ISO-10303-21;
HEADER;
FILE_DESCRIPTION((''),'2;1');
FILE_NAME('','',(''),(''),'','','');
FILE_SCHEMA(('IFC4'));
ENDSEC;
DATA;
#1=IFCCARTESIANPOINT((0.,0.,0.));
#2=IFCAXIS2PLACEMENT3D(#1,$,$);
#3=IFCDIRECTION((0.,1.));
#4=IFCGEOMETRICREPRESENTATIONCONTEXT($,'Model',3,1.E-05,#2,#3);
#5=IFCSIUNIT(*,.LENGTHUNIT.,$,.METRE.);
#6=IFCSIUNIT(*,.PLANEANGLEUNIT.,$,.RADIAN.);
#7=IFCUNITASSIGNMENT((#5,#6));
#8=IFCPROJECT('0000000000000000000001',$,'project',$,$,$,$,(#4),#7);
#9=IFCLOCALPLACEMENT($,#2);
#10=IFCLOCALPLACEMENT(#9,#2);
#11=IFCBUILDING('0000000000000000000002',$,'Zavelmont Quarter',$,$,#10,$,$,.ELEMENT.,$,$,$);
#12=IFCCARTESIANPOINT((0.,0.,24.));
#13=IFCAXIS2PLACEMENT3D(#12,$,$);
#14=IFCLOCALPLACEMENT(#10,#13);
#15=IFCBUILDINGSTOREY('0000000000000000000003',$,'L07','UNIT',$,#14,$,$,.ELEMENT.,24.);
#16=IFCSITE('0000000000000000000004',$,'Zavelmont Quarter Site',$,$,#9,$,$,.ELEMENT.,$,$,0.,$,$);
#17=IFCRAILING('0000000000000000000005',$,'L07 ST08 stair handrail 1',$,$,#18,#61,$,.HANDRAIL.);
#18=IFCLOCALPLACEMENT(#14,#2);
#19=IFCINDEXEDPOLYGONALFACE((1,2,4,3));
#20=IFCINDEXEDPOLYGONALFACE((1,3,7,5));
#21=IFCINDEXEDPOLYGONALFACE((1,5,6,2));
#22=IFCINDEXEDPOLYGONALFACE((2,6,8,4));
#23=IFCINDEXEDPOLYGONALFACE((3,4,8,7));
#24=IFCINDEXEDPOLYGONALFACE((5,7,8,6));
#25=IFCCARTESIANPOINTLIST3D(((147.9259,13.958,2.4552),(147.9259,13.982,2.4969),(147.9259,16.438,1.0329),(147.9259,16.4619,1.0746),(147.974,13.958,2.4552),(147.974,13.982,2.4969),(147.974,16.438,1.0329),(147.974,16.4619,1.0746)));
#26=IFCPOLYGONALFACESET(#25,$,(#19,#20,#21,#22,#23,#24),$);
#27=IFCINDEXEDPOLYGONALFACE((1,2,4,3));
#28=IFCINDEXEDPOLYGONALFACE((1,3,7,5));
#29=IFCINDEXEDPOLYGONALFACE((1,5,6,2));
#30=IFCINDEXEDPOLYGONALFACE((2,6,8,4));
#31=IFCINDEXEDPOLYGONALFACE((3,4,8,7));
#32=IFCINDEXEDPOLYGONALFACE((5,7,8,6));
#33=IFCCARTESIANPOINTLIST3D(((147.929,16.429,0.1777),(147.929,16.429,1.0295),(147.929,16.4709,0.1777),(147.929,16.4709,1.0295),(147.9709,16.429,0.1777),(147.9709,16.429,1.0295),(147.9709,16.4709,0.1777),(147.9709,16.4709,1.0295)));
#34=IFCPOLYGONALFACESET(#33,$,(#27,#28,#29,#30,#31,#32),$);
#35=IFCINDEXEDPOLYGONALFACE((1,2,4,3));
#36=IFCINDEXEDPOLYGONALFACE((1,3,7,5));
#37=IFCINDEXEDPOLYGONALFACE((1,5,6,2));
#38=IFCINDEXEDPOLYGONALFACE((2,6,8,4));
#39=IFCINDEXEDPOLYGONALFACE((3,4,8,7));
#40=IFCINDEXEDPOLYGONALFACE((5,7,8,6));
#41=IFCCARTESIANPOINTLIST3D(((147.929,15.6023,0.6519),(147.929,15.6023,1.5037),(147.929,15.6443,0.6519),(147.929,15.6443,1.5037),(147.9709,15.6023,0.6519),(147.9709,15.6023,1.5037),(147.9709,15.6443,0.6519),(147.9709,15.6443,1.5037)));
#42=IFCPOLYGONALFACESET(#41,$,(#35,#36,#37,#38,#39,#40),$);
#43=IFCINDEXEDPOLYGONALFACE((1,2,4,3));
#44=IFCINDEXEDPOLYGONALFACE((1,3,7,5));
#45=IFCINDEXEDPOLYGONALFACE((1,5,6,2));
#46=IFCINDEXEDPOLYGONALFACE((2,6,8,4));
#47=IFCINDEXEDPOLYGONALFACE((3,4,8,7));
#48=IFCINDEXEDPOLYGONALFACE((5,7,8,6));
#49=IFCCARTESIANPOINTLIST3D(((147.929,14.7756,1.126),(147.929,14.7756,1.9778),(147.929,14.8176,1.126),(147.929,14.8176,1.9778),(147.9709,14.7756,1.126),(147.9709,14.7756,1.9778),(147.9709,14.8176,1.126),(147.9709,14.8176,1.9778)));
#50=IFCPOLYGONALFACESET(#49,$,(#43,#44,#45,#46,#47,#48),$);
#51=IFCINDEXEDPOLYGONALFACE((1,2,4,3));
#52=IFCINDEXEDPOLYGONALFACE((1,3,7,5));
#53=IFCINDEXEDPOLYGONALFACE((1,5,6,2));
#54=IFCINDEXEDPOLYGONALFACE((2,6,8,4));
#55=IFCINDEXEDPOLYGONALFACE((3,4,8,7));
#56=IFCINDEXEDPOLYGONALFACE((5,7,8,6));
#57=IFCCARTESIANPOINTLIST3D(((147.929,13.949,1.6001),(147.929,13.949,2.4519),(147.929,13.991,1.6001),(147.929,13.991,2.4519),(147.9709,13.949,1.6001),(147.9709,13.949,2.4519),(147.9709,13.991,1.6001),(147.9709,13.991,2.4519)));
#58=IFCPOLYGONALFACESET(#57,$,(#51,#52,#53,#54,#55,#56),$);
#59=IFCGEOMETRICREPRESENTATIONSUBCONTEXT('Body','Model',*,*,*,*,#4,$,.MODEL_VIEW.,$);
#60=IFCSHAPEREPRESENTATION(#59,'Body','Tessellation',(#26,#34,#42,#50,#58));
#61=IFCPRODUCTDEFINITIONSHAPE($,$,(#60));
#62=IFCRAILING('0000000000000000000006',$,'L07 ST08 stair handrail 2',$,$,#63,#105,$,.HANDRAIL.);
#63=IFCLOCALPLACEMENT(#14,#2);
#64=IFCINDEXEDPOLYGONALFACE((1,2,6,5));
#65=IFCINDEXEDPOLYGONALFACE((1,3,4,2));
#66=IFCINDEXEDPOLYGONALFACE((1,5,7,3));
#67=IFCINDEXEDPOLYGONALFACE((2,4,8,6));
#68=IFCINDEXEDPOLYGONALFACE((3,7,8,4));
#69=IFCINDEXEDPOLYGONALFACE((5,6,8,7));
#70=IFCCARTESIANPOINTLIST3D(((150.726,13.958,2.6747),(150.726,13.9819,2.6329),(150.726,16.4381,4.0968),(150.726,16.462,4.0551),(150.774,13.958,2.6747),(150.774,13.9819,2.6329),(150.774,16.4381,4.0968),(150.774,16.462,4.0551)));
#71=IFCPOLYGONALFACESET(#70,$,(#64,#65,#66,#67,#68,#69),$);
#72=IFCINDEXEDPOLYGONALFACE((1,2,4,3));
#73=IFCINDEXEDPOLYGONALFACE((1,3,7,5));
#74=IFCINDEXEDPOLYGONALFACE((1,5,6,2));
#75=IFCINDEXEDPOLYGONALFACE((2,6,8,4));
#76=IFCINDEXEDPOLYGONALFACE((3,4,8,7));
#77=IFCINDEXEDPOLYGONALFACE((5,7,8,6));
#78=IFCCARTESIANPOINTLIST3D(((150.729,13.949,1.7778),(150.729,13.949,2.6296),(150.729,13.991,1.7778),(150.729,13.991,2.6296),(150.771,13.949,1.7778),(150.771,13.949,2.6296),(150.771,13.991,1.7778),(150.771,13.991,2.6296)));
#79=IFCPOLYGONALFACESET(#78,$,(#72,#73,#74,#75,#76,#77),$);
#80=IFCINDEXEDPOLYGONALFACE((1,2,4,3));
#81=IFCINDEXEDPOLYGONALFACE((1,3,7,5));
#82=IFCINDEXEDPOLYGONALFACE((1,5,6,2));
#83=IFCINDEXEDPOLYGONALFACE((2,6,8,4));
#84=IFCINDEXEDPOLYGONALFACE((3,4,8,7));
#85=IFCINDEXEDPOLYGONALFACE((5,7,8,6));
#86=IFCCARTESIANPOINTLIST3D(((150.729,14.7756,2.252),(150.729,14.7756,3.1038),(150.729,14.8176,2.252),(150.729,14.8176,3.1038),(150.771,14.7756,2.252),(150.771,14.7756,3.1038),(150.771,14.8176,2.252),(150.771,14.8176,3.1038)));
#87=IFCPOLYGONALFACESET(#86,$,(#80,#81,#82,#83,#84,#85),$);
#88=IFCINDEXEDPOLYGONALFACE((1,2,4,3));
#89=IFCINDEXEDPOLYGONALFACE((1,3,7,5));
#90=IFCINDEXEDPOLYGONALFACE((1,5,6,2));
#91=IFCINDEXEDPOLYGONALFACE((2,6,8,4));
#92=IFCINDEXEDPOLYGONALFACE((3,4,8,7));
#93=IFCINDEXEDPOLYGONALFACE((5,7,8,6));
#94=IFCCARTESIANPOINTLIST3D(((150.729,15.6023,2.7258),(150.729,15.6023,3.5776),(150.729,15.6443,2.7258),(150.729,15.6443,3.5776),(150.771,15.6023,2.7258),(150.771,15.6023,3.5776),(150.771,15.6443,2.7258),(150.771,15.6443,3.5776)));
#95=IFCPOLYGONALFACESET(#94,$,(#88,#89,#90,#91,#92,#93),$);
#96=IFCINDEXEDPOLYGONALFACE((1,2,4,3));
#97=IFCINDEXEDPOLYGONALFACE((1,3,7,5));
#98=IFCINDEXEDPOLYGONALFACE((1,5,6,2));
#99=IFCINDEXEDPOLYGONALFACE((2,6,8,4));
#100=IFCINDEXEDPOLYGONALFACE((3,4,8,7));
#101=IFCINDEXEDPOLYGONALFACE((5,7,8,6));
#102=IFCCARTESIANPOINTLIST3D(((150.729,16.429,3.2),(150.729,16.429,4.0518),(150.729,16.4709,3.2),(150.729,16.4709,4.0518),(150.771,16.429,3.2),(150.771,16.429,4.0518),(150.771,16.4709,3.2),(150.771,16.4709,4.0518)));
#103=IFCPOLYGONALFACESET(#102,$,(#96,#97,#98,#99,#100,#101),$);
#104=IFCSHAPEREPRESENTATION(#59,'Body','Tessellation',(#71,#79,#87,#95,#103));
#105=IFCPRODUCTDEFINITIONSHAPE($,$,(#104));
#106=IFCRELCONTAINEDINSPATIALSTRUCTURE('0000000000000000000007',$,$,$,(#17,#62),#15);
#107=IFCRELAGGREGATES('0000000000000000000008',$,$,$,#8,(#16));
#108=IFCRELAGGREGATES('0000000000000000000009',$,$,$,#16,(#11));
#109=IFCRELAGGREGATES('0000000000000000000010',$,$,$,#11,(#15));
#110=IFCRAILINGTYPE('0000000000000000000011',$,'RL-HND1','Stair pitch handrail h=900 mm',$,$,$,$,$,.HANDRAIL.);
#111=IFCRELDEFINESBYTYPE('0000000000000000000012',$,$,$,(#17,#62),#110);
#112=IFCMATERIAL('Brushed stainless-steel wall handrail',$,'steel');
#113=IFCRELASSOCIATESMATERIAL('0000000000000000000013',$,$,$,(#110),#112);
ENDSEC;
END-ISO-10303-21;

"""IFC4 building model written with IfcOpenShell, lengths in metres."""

from ifc_helpers import new_model, si_unit, direction, frame, origin, origin_2d, place, context, subcontext, project, spatial, rectangle, extrude, material, type_object, element, save


model = new_model("IFC4")

# Units and contexts
model_context = context("Model", 3, precision=1e-05, world=origin(), true_north=direction((0.0, 1.0)))
body_context = subcontext(model_context, "Body", "Model", "MODEL_VIEW")
ifc_project = project(units=[si_unit("LENGTHUNIT", "METRE"), si_unit("PLANEANGLEUNIT", "RADIAN")], contexts=[model_context])

# Site, building, storey
site_placement = place(None, origin())
site = spatial("IfcSite", under=ifc_project, at=site_placement, Name="Zavelmont Quarter Site", CompositionType="ELEMENT", RefElevation=0.0)
building_placement = place(site_placement, origin())
building = spatial("IfcBuilding", under=site, at=building_placement, Name="Zavelmont Quarter", CompositionType="ELEMENT")
storey_placement = place(building_placement, frame((0.0, 0.0, 24.0)))
storey = spatial("IfcBuildingStorey", under=building, at=storey_placement, Name="L07", Description="UNIT", CompositionType="ELEMENT", Elevation=24.0)

# Railings
ifc_material_1 = material(Name="Brushed stainless-steel wall handrail", Category="steel")
railing_type_1 = type_object("IfcRailingType", Name="RL-HND1", Description="Stair pitch handrail h=900 mm", PredefinedType="HANDRAIL", material=ifc_material_1)
railing_1_placement = place(storey_placement, frame((147.95, 16.45, 0.1777)))
element("IfcRailing", 1, at=railing_1_placement, inside=storey, type_object=railing_type_1, Name="L07 ST08 stair handrail 1", PredefinedType="HANDRAIL", context=body_context, shape_type="SweptSolid", body=[
    extrude(rectangle(XDim=0.0481, YDim=0.0481, at=origin_2d()), frame((0.0, 0.0, 0.876), z_axis=(0.0, -0.867454, 0.497518), x_axis=(1.0, 0.0, 0.0)), (0.0, 0.0, 1.0), 2.8589),
    extrude(rectangle(XDim=0.042, YDim=0.042, at=origin_2d()), origin(), (0.0, 0.0, 1.0), 0.8518),
    extrude(rectangle(XDim=0.042, YDim=0.042, at=origin_2d()), frame((0.0, -0.8267, 0.4741)), (0.0, 0.0, 1.0), 0.8518),
    extrude(rectangle(XDim=0.042, YDim=0.042, at=origin_2d()), frame((0.0, -1.6533, 0.9482)), (0.0, 0.0, 1.0), 0.8518),
    extrude(rectangle(XDim=0.042, YDim=0.042, at=origin_2d()), frame((0.0, -2.48, 1.4224)), (0.0, 0.0, 1.0), 0.8518),
])
railing_2_placement = place(storey_placement, frame((150.75, 13.97, 1.7778)))
element("IfcRailing", 2, at=railing_2_placement, inside=storey, type_object=railing_type_1, Name="L07 ST08 stair handrail 2", PredefinedType="HANDRAIL", context=body_context, shape_type="SweptSolid", body=[
    extrude(rectangle(XDim=0.0481, YDim=0.0481, at=origin_2d()), frame((0.0, 0.0, 0.876), z_axis=(0.0, 0.867491, 0.497454), x_axis=(-1.0, 0.0, 0.0)), (0.0, 0.0, 1.0), 2.8589),
    extrude(rectangle(XDim=0.042, YDim=0.042, at=origin_2d()), origin(), (0.0, 0.0, 1.0), 0.8518),
    extrude(rectangle(XDim=0.042, YDim=0.042, at=origin_2d()), frame((0.0, 0.8267, 0.4741)), (0.0, 0.0, 1.0), 0.8518),
    extrude(rectangle(XDim=0.042, YDim=0.042, at=origin_2d()), frame((0.0, 1.6533, 0.948)), (0.0, 0.0, 1.0), 0.8518),
    extrude(rectangle(XDim=0.042, YDim=0.042, at=origin_2d()), frame((0.0, 2.48, 1.4221)), (0.0, 0.0, 1.0), 0.8518),
])

save(model, "model.ifc")
